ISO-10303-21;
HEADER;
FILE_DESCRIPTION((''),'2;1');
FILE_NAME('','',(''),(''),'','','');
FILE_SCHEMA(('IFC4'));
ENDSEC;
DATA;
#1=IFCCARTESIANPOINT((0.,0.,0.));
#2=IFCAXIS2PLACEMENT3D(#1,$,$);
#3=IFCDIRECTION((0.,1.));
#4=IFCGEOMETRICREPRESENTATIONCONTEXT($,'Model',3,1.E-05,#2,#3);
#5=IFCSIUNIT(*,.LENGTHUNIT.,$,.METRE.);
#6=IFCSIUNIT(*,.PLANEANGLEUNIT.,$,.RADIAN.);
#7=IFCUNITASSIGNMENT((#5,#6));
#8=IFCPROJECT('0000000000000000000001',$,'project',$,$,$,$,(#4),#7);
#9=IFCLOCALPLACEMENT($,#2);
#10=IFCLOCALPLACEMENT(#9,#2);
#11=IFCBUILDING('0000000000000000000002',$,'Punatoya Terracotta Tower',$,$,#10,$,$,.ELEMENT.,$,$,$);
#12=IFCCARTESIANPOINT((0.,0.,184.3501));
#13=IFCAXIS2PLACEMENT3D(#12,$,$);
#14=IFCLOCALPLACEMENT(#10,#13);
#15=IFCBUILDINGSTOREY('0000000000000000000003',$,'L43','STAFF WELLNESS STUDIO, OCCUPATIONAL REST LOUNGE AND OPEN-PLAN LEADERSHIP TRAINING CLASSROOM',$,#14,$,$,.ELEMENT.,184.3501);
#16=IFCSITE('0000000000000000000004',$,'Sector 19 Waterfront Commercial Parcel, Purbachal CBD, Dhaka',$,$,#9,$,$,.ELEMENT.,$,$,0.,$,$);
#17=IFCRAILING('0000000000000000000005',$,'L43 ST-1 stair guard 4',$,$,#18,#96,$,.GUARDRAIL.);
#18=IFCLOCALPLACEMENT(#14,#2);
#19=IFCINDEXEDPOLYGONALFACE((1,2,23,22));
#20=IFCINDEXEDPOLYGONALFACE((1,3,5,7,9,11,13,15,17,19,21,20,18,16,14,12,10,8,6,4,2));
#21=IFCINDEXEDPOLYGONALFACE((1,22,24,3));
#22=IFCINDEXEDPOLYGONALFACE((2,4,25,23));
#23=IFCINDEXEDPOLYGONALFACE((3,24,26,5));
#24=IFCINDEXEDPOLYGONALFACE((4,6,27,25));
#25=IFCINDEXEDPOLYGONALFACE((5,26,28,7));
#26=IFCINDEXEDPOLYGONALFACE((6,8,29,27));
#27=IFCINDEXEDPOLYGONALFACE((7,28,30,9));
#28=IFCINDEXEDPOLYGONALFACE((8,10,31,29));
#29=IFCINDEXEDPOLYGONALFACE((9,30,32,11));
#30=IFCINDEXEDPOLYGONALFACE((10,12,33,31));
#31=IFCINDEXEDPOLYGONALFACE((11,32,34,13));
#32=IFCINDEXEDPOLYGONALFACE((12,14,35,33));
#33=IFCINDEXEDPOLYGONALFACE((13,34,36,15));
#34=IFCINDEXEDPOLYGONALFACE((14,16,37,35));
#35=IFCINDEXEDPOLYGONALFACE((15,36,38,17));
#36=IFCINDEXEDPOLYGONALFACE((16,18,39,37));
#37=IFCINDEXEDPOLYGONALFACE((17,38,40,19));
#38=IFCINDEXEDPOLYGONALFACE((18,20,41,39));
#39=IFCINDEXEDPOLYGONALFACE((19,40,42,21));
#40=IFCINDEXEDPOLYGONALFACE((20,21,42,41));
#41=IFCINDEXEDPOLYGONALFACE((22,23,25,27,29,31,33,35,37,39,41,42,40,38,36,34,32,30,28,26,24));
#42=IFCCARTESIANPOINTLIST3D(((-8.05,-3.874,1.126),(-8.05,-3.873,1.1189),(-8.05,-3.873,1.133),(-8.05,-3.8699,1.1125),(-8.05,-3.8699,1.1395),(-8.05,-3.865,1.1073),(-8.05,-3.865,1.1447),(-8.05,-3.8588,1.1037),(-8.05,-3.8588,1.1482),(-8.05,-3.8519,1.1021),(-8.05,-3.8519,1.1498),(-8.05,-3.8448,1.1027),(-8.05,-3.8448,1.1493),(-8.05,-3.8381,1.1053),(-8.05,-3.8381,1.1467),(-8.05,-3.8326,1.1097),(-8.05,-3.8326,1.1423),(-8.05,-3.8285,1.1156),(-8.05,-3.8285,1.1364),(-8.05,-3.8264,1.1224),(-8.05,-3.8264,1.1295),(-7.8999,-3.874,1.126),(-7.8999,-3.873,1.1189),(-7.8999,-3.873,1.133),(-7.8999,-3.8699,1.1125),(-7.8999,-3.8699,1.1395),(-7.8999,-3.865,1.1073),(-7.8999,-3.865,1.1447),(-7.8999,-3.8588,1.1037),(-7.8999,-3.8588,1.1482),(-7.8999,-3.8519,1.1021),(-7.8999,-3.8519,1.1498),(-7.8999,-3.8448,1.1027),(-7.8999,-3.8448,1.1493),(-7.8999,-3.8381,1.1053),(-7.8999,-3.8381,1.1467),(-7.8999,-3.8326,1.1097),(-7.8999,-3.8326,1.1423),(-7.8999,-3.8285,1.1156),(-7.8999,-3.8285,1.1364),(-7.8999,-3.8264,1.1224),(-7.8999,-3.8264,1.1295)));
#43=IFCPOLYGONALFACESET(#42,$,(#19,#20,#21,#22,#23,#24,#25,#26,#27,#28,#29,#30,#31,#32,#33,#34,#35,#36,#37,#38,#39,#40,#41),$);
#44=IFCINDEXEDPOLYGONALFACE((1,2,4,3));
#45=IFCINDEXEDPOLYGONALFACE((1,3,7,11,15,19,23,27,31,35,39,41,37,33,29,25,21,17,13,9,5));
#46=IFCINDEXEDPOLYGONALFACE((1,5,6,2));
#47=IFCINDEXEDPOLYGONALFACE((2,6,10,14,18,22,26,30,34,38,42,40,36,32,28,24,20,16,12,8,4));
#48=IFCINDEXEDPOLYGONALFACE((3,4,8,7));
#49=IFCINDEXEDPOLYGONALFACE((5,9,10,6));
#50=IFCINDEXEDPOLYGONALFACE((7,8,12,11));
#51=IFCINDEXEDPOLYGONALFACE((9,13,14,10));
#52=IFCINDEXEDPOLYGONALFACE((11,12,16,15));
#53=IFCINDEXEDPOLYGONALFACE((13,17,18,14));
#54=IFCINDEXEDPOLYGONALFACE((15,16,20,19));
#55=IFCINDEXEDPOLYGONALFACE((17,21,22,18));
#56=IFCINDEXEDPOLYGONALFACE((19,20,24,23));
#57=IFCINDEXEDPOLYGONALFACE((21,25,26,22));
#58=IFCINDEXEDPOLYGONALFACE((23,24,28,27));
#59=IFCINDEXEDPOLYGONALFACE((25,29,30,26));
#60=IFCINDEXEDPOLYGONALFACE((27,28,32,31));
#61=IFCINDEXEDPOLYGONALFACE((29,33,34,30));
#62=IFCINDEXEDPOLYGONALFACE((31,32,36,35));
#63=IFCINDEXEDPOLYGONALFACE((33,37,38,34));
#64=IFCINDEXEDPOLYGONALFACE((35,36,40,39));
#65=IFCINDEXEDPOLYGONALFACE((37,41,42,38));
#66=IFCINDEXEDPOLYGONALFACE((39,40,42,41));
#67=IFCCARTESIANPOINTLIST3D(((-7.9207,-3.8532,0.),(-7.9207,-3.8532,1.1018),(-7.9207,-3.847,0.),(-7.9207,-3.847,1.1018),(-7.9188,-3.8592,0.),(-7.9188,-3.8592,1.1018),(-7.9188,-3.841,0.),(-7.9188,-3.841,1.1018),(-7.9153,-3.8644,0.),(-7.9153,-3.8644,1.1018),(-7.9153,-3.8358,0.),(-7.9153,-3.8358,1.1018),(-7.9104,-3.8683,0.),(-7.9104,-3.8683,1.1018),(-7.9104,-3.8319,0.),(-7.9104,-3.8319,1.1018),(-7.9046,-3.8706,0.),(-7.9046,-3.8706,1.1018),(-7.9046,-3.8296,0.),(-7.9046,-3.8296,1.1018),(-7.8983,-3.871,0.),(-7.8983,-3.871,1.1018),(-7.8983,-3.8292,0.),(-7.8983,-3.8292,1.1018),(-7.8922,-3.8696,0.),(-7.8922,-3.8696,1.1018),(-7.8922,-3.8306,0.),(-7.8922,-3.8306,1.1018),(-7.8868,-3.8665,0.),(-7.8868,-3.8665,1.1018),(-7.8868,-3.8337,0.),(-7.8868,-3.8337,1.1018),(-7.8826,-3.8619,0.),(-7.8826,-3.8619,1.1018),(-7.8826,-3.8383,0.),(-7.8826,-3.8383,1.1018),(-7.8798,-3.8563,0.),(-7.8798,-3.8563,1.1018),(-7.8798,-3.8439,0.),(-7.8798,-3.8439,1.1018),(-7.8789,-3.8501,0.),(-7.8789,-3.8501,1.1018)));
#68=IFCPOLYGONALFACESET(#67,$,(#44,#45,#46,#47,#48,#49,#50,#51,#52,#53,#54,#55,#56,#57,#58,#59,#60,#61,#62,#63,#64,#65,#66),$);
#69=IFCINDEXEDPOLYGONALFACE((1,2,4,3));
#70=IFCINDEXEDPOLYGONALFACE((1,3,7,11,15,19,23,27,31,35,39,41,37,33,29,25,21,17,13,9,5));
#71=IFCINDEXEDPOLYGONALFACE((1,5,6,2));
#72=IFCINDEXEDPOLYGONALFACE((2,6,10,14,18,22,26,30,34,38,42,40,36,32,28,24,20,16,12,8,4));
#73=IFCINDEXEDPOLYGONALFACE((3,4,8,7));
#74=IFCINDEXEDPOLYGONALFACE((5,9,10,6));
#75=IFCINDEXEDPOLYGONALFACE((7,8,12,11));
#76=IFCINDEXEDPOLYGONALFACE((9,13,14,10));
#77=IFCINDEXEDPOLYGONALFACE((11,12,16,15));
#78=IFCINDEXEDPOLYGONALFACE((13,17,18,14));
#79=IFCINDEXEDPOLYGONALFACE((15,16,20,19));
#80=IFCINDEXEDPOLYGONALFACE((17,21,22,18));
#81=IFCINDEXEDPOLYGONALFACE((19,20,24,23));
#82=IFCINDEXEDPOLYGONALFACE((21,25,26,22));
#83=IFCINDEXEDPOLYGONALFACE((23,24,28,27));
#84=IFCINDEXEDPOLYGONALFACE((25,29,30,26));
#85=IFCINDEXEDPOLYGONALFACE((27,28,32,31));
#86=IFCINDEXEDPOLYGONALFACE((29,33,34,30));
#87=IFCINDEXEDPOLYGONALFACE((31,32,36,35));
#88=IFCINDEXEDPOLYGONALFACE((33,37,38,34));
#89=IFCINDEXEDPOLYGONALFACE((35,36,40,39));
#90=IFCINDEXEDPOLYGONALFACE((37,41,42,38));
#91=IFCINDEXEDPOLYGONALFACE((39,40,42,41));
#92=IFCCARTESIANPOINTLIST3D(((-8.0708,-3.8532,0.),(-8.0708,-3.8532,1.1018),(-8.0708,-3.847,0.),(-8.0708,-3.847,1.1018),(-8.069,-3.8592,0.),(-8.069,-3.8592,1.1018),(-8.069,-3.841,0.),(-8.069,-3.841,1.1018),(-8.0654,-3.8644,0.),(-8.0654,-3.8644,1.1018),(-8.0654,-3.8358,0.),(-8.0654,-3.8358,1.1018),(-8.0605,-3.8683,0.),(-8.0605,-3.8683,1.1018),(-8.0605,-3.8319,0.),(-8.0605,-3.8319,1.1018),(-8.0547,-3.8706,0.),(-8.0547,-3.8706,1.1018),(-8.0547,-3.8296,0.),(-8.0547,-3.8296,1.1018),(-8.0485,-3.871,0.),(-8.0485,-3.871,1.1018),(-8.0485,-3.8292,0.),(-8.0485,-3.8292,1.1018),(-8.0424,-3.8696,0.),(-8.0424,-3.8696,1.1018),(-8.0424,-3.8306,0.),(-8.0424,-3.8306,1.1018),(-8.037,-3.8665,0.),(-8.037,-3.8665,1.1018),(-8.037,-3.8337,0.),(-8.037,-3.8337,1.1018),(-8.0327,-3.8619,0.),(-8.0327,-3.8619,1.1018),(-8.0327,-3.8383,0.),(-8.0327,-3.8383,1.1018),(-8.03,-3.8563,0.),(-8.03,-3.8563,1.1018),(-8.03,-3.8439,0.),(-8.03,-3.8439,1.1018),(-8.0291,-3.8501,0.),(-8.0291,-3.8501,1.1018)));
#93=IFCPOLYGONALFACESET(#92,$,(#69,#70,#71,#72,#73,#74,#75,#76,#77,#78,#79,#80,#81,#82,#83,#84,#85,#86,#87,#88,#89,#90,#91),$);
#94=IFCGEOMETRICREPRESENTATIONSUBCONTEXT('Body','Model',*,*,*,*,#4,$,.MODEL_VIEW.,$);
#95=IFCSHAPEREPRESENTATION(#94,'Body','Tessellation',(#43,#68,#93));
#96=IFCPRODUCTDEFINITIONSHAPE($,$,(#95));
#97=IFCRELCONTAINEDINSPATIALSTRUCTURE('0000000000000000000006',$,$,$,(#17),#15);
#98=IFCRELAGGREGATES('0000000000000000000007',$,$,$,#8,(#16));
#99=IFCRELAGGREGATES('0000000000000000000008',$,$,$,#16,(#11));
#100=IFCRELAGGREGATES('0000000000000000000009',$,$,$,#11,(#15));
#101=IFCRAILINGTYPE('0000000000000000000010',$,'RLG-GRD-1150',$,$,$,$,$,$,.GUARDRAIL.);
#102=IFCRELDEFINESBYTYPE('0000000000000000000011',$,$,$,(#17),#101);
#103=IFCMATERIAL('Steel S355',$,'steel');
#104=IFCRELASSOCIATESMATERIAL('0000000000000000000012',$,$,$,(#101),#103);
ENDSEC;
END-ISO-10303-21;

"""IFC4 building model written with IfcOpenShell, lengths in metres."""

from ifc_helpers import new_model, si_unit, direction, frame, origin, origin_2d, place, context, subcontext, project, spatial, circle, extrude, material, type_object, element, save


model = new_model("IFC4")

# Units and contexts
model_context = context("Model", 3, precision=1e-05, world=origin(), true_north=direction((0.0, 1.0)))
body_context = subcontext(model_context, "Body", "Model", "MODEL_VIEW")
ifc_project = project(units=[si_unit("LENGTHUNIT", "METRE"), si_unit("PLANEANGLEUNIT", "RADIAN")], contexts=[model_context])

# Site, building, storey
site_placement = place(None, origin())
site = spatial("IfcSite", under=ifc_project, at=site_placement, Name="Sector 19 Waterfront Commercial Parcel, Purbachal CBD, Dhaka", CompositionType="ELEMENT", RefElevation=0.0)
building_placement = place(site_placement, origin())
building = spatial("IfcBuilding", under=site, at=building_placement, Name="Punatoya Terracotta Tower", CompositionType="ELEMENT")
storey_placement = place(building_placement, frame((0.0, 0.0, 184.3501)))
storey = spatial("IfcBuildingStorey", under=building, at=storey_placement, Name="L43", Description="STAFF WELLNESS STUDIO, OCCUPATIONAL REST LOUNGE AND OPEN-PLAN LEADERSHIP TRAINING CLASSROOM", CompositionType="ELEMENT", Elevation=184.3501)

# Shared definitions
ifc_material_1 = material(Name="Steel S355", Category="steel")

# Railing
railing_type_1 = type_object("IfcRailingType", Name="RLG-GRD-1150", PredefinedType="GUARDRAIL", material=ifc_material_1)
railing_1_placement = place(storey_placement, frame((-7.8999, -3.8501, 0.0)))
element("IfcRailing", 1, at=railing_1_placement, inside=storey, type_object=railing_type_1, Name="L43 ST-1 stair guard 4", PredefinedType="GUARDRAIL", context=body_context, shape_type="SweptSolid", body=[
    extrude(circle(Radius=0.0239, at=origin_2d()), frame((0.0, 0.0, 1.126), z_axis=(-1.0, 0.0, 0.0), x_axis=(0.0, -1.0, 0.0)), (0.0, 0.0, 1.0), 0.1501),
    extrude(circle(Radius=0.021, at=origin_2d()), origin(), (0.0, 0.0, 1.0), 1.1018),
    extrude(circle(Radius=0.021, at=origin_2d()), frame((-0.1501, 0.0, 0.0)), (0.0, 0.0, 1.0), 1.1018),
])

save(model, "model.ifc")
